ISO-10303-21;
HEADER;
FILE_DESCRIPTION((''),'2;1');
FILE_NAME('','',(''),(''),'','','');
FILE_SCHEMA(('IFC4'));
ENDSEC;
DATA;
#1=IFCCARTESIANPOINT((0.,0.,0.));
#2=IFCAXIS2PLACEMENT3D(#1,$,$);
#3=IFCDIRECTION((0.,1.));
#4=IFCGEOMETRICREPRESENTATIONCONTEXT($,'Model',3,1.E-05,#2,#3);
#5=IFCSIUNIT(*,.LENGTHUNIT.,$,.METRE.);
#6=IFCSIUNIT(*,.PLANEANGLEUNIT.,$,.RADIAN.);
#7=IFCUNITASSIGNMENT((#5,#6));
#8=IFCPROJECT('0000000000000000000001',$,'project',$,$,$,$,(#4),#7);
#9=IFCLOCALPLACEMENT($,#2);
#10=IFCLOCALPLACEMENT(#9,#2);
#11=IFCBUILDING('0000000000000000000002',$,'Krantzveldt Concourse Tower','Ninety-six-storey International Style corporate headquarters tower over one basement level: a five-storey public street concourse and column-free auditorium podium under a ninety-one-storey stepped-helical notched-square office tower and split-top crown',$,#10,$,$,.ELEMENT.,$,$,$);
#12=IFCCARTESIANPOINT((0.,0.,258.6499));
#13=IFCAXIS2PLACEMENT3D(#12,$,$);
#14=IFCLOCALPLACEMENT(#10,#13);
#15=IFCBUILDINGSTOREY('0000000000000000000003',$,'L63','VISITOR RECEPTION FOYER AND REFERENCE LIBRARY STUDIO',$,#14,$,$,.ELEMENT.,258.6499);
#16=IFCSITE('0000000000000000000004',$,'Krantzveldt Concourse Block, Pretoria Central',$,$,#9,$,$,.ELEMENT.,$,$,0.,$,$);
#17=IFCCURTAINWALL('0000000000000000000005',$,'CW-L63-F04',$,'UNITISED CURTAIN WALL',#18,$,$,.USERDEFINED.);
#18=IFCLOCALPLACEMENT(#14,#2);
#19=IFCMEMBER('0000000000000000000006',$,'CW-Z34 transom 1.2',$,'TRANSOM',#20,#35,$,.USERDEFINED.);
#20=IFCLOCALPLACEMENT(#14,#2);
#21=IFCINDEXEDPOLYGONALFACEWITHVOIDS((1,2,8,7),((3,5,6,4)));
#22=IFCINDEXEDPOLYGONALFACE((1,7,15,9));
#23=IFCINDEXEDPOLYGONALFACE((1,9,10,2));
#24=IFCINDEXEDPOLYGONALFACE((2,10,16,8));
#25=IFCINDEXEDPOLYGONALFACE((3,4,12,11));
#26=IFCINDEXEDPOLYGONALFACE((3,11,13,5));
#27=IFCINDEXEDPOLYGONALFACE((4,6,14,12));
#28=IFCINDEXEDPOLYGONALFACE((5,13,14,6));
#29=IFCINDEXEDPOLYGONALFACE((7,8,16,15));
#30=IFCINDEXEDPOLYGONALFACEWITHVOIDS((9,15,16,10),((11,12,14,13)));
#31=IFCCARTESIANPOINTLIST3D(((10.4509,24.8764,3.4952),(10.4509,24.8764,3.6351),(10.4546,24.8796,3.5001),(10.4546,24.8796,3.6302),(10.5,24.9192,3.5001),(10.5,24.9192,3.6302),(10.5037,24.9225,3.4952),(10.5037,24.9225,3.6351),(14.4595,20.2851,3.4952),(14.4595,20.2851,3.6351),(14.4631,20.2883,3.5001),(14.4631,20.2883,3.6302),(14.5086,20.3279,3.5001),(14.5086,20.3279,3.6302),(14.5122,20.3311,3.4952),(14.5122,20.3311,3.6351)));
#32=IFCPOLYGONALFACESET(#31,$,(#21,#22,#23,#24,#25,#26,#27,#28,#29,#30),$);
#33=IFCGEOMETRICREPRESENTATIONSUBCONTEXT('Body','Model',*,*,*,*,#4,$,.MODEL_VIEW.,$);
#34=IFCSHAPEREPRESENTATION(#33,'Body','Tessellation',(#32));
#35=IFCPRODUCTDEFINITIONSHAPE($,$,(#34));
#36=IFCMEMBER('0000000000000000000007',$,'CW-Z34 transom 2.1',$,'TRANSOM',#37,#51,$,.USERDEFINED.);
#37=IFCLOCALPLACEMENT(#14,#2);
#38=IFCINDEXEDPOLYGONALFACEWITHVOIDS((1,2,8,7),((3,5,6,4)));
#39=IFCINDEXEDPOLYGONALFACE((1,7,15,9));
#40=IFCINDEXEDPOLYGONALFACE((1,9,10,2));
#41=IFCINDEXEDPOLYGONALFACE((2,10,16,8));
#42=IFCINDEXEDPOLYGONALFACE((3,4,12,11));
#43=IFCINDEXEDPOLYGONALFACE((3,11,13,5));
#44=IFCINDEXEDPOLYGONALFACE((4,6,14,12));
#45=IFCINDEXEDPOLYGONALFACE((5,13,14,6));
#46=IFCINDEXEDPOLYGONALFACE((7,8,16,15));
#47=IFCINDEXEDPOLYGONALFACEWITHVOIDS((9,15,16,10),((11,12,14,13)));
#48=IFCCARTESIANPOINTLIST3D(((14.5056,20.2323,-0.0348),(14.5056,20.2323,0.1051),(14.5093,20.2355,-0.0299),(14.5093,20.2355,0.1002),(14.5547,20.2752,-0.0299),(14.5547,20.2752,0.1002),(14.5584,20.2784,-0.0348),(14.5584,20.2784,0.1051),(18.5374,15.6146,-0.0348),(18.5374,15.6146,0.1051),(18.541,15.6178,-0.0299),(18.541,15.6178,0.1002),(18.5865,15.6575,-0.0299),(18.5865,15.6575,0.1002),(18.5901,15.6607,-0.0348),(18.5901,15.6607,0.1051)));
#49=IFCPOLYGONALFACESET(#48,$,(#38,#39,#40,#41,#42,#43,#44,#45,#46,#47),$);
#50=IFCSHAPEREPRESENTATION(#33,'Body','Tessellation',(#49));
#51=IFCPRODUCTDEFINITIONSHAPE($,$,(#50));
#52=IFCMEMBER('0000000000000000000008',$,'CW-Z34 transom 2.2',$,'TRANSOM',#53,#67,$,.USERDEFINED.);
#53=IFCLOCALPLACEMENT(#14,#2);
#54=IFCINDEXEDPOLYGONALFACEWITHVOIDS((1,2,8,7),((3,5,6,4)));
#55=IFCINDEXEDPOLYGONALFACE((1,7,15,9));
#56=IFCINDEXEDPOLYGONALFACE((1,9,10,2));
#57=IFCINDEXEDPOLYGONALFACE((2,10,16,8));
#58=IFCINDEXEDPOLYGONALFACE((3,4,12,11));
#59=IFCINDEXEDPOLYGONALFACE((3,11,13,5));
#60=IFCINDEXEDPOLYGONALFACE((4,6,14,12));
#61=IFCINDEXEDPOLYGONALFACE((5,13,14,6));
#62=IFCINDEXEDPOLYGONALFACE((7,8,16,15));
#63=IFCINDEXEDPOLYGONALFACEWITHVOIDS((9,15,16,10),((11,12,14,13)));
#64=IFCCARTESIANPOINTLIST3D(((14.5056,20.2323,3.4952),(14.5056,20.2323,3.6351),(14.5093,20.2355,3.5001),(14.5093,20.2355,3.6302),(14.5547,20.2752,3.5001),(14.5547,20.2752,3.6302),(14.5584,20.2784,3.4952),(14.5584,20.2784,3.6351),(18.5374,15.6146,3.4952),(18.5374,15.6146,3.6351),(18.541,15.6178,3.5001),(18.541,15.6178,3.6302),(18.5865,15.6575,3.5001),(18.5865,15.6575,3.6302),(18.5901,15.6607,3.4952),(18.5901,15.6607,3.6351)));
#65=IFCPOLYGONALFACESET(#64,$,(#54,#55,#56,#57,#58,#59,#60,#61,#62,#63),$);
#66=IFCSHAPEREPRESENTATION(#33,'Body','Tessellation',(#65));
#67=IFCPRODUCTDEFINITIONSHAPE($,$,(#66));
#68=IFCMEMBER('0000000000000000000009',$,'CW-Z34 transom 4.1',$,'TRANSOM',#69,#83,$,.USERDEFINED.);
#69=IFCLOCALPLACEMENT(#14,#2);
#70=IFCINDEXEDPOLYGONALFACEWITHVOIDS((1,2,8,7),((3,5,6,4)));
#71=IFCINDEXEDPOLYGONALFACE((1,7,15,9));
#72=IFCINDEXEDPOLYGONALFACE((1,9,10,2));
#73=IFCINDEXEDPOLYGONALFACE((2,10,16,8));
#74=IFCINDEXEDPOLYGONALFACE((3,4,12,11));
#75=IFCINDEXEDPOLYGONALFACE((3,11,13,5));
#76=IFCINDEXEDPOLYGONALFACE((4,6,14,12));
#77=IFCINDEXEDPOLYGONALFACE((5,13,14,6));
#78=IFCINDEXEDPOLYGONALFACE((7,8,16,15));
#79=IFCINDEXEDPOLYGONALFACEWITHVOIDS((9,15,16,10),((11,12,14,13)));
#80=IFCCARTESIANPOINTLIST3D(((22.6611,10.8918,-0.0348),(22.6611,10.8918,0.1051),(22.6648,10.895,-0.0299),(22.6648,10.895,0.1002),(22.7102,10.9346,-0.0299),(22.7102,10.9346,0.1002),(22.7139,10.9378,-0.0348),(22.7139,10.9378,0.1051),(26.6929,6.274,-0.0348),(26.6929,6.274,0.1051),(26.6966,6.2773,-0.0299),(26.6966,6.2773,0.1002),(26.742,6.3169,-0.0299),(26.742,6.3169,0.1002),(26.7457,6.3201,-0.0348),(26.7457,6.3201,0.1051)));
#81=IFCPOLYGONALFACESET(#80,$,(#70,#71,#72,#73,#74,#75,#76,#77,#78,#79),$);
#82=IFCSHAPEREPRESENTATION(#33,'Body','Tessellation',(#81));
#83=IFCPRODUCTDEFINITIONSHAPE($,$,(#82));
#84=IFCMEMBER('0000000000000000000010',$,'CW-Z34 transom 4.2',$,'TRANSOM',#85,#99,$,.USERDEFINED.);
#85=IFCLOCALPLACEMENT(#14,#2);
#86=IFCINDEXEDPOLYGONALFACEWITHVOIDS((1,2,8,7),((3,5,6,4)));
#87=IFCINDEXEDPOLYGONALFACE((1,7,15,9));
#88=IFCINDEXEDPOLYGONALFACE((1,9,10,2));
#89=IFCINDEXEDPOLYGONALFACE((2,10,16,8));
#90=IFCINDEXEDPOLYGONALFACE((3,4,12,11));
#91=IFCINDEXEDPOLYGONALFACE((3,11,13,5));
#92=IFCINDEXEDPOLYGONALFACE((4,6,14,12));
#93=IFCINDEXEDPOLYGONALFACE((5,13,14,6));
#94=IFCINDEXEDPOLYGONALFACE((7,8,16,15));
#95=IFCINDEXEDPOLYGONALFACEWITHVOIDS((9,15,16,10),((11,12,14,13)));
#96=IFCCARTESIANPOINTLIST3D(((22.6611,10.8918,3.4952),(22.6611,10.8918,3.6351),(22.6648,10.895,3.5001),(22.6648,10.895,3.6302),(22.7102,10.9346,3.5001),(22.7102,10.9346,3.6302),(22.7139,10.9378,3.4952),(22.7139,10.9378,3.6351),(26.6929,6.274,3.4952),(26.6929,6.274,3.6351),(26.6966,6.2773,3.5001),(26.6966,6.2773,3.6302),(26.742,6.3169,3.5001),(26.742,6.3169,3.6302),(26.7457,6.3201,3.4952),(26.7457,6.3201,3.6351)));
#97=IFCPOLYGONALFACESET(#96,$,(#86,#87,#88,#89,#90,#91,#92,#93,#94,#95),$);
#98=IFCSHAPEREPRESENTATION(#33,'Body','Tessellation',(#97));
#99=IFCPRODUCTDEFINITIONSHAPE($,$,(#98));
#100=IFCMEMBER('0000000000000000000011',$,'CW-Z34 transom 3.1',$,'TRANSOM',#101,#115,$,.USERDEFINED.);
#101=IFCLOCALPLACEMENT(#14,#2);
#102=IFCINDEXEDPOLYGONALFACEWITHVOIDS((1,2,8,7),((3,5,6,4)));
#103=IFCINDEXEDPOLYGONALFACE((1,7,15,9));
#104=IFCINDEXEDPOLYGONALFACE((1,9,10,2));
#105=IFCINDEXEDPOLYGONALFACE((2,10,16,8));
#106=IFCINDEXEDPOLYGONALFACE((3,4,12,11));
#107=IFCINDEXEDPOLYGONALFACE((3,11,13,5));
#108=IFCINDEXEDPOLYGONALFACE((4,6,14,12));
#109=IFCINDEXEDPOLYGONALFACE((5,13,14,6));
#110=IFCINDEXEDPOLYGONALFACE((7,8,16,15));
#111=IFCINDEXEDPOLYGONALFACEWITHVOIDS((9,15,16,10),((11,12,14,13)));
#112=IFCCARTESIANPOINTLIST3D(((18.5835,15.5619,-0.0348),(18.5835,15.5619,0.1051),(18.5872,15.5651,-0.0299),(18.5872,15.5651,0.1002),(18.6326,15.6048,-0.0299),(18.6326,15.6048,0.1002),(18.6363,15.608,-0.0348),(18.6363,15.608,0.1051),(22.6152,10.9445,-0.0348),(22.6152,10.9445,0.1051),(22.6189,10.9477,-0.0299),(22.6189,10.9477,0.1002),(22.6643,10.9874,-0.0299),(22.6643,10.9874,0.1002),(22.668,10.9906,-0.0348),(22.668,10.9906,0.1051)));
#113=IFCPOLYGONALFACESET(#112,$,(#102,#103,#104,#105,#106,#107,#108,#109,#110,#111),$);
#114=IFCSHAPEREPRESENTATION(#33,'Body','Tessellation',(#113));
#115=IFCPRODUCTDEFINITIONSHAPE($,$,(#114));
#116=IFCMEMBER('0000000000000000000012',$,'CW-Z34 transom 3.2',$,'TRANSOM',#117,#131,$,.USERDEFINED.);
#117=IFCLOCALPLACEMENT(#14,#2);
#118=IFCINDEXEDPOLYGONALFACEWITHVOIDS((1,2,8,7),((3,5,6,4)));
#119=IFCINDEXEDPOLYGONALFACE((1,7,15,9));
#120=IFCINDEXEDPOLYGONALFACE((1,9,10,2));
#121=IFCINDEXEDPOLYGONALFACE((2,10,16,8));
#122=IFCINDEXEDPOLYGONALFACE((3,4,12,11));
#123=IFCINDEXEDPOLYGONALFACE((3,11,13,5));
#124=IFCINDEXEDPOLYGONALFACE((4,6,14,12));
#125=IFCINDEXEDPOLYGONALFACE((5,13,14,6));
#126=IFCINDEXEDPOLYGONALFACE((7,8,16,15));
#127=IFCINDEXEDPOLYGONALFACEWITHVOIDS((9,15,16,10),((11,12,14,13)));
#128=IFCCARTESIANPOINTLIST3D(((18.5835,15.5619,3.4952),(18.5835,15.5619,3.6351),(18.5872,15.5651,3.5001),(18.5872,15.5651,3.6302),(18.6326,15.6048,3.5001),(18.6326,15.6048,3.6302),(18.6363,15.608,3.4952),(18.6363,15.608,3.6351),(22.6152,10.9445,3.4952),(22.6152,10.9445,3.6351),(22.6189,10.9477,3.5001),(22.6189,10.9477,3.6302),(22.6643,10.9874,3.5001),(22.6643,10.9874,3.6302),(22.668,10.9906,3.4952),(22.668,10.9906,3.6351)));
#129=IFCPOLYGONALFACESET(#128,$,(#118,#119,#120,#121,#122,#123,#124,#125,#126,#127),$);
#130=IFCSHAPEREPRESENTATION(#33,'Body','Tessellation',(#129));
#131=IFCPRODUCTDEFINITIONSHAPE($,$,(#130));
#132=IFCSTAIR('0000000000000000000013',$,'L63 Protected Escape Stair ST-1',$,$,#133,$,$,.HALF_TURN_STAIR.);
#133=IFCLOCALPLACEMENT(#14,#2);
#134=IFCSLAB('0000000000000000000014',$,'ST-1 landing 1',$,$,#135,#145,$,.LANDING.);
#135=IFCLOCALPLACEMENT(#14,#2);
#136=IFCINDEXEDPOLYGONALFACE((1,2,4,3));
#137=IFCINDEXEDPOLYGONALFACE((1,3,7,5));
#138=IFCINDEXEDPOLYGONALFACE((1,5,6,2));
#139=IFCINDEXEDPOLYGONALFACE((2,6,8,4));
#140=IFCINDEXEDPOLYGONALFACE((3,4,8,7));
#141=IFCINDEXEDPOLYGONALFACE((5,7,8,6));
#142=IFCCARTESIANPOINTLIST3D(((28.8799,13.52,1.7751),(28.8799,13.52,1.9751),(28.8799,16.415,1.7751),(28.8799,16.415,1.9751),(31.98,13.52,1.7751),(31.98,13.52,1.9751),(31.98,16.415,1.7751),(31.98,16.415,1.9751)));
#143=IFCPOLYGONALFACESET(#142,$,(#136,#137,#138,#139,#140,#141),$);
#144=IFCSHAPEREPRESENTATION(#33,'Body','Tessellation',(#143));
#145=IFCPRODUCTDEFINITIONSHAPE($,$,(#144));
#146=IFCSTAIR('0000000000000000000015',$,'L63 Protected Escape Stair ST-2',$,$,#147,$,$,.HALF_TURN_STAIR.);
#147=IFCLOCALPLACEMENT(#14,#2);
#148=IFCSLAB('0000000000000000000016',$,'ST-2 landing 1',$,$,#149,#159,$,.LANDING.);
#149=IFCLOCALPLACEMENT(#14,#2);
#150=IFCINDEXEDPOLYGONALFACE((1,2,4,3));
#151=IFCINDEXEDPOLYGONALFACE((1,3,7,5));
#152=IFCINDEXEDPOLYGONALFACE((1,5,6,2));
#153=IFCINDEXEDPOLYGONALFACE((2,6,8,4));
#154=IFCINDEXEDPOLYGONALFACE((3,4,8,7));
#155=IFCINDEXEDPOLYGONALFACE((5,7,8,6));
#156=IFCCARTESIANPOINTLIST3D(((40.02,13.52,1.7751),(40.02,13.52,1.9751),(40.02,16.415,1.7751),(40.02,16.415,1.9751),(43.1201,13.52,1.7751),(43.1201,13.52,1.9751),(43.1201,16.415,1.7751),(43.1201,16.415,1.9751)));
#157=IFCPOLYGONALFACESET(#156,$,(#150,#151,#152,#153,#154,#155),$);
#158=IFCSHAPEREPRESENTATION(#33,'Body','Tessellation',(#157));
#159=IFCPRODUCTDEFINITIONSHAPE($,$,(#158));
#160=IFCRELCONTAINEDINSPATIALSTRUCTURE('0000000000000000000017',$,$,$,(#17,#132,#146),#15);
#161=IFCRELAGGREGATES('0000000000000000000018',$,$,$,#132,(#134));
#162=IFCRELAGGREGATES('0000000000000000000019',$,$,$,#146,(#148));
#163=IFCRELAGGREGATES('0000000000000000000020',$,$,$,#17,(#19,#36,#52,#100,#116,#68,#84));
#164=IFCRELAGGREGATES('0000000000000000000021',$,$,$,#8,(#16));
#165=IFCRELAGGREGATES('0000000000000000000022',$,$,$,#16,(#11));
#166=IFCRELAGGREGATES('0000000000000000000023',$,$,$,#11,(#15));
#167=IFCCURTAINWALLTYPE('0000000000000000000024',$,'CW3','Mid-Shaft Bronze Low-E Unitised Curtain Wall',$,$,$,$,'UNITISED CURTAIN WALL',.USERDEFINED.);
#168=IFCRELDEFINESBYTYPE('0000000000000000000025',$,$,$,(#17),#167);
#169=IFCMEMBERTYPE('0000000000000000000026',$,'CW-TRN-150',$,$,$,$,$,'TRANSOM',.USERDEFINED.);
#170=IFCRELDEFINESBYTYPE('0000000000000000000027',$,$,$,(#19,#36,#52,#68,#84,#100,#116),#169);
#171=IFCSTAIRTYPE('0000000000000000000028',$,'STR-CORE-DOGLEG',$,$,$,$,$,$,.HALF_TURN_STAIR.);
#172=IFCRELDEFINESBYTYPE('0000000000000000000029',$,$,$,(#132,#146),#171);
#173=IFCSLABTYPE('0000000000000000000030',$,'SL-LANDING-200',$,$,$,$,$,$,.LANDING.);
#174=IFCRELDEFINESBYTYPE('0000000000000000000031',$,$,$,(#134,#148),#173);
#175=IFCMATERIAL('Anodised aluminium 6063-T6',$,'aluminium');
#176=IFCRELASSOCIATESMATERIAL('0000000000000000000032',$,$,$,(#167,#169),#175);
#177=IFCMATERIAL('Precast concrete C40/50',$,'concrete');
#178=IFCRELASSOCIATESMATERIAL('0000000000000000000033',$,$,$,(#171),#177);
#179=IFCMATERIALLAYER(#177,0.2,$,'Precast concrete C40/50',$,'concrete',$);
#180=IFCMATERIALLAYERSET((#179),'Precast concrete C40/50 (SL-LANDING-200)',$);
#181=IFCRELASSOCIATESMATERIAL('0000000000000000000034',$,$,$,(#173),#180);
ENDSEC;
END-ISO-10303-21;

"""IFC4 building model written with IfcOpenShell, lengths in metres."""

from ifc_helpers import new_model, si_unit, direction, frame, origin, origin_2d, place, context, subcontext, project, spatial, polyline, hollow_rectangle, outline, extrude, source, transform, mapped, material, layer, layer_set, material_profile, profile_set, type_object, type_shapes, element, aggregate, save


model = new_model("IFC4")

# Units and contexts
model_context = context("Model", 3, precision=1e-05, world=origin(), true_north=direction((0.0, 1.0)))
body_context = subcontext(model_context, "Body", "Model", "MODEL_VIEW")
ifc_project = project(units=[si_unit("LENGTHUNIT", "METRE"), si_unit("PLANEANGLEUNIT", "RADIAN")], contexts=[model_context])

# Site, building, storey
site_placement = place(None, origin())
site = spatial("IfcSite", under=ifc_project, at=site_placement, Name="Krantzveldt Concourse Block, Pretoria Central", CompositionType="ELEMENT", RefElevation=0.0)
building_placement = place(site_placement, origin())
building = spatial("IfcBuilding", under=site, at=building_placement, Name="Krantzveldt Concourse Tower", Description="Ninety-six-storey International Style corporate headquarters tower over one basement level: a five-storey public street concourse and column-free auditorium podium under a ninety-one-storey stepped-helical notched-square office tower and split-top crown", CompositionType="ELEMENT")
storey_placement = place(building_placement, frame((0.0, 0.0, 258.6499)))
storey = spatial("IfcBuildingStorey", under=building, at=storey_placement, Name="L63", Description="VISITOR RECEPTION FOYER AND REFERENCE LIBRARY STUDIO", CompositionType="ELEMENT", Elevation=258.6499)

# Curtain wall, members
ifc_material_1 = material(Name="Anodised aluminium 6063-T6", Category="aluminium")
curtain_wall_type = type_object("IfcCurtainWallType", Name="CW3", Description="Mid-Shaft Bronze Low-E Unitised Curtain Wall", ElementType="UNITISED CURTAIN WALL", PredefinedType="USERDEFINED", material=ifc_material_1)
curtain_wall_placement = place(storey_placement, origin())
curtain_wall = element("IfcCurtainWall", 1, at=curtain_wall_placement, inside=storey, type_object=curtain_wall_type, Name="CW-L63-F04", ObjectType="UNITISED CURTAIN WALL", PredefinedType="USERDEFINED")
ifc_material_profile_1 = material_profile(ifc_material_1, hollow_rectangle(XDim=0.0701, YDim=0.1399, WallThickness=0.0049, at=origin_2d()), Name="Anodised aluminium 6063-T6", Category="aluminium")
ifc_profile_set_1 = profile_set([ifc_material_profile_1], Name="Anodised aluminium 6063-T6 - ALU-TRAN 140x70x5")
member_type_1 = type_object("IfcMemberType", Name="CW-TRN-150", ElementType="TRANSOM", PredefinedType="USERDEFINED", material=ifc_profile_set_1)
shared_shape_1 = source(origin(), body_context, "Body", "SweptSolid", [
    extrude(hollow_rectangle(XDim=0.0701, YDim=0.1399, WallThickness=0.0049, at=origin_2d()), origin(), (0.0, 0.0, 1.0), 6.095),
])
member_1_placement = place(storey_placement, frame((10.4773, 24.8994, 3.5652), z_axis=(0.657682, -0.753296, 0.0), x_axis=(0.753296, 0.657682, 0.0)))
member_1 = element("IfcMember", 2, at=member_1_placement, type_object=member_type_1, Name="CW-Z34 transom 1.2", ObjectType="TRANSOM", PredefinedType="USERDEFINED", context=body_context, shape_type="MappedRepresentation", body=[
    mapped(shared_shape_1, transform((0.0, 0.0, 0.0), x_axis=(1.0, 0.0, 0.0), y_axis=(0.0, 1.0, 0.0), z_axis=(0.0, 0.0, 1.0), scale=1.0)),
])
shared_shape_2 = source(origin(), body_context, "Body", "SweptSolid", [
    extrude(hollow_rectangle(XDim=0.0701, YDim=0.1399, WallThickness=0.0049, at=origin_2d()), origin(), (0.0, 0.0, 1.0), 6.1301),
])
member_2_placement = place(storey_placement, frame((14.532, 20.2554, 0.0352), z_axis=(0.657698, -0.753282, 0.0), x_axis=(0.753282, 0.657698, 0.0)))
member_2 = element("IfcMember", 3, at=member_2_placement, type_object=member_type_1, Name="CW-Z34 transom 2.1", ObjectType="TRANSOM", PredefinedType="USERDEFINED", context=body_context, shape_type="MappedRepresentation", body=[
    mapped(shared_shape_2, transform((0.0, 0.0, 0.0), x_axis=(1.0, 0.0, 0.0), y_axis=(0.0, 1.0, 0.0), z_axis=(0.0, 0.0, 1.0), scale=1.0)),
])
member_3_placement = place(storey_placement, frame((14.532, 20.2554, 3.5652), z_axis=(0.657698, -0.753282, 0.0), x_axis=(0.753282, 0.657698, 0.0)))
member_3 = element("IfcMember", 4, at=member_3_placement, type_object=member_type_1, Name="CW-Z34 transom 2.2", ObjectType="TRANSOM", PredefinedType="USERDEFINED", context=body_context, shape_type="MappedRepresentation", body=[
    mapped(shared_shape_2, transform((0.0, 0.0, 0.0), x_axis=(1.0, 0.0, 0.0), y_axis=(0.0, 1.0, 0.0), z_axis=(0.0, 0.0, 1.0), scale=1.0)),
])
member_4_placement = place(storey_placement, frame((22.6875, 10.9148, 0.0352), z_axis=(0.657698, -0.753282, 0.0), x_axis=(0.753282, 0.657698, 0.0)))
member_4 = element("IfcMember", 5, at=member_4_placement, type_object=member_type_1, Name="CW-Z34 transom 4.1", ObjectType="TRANSOM", PredefinedType="USERDEFINED", context=body_context, shape_type="MappedRepresentation", body=[
    mapped(shared_shape_2, transform((0.0, 0.0, 0.0), x_axis=(1.0, 0.0, 0.0), y_axis=(0.0, 1.0, 0.0), z_axis=(0.0, 0.0, 1.0), scale=1.0)),
])
member_5_placement = place(storey_placement, frame((22.6875, 10.9148, 3.5652), z_axis=(0.657698, -0.753282, 0.0), x_axis=(0.753282, 0.657698, 0.0)))
member_5 = element("IfcMember", 6, at=member_5_placement, type_object=member_type_1, Name="CW-Z34 transom 4.2", ObjectType="TRANSOM", PredefinedType="USERDEFINED", context=body_context, shape_type="MappedRepresentation", body=[
    mapped(shared_shape_2, transform((0.0, 0.0, 0.0), x_axis=(1.0, 0.0, 0.0), y_axis=(0.0, 1.0, 0.0), z_axis=(0.0, 0.0, 1.0), scale=1.0)),
])
shared_shape_3 = source(origin(), body_context, "Body", "SweptSolid", [
    extrude(hollow_rectangle(XDim=0.0701, YDim=0.1399, WallThickness=0.0049, at=origin_2d()), origin(), (0.0, 0.0, 1.0), 6.1299),
])
type_shapes(member_type_1, [shared_shape_1, shared_shape_2, shared_shape_3])
member_6_placement = place(storey_placement, frame((18.6099, 15.585, 0.0352), z_axis=(0.657718, -0.753265, 0.0), x_axis=(0.753265, 0.657718, 0.0)))
member_6 = element("IfcMember", 7, at=member_6_placement, type_object=member_type_1, Name="CW-Z34 transom 3.1", ObjectType="TRANSOM", PredefinedType="USERDEFINED", context=body_context, shape_type="MappedRepresentation", body=[
    mapped(shared_shape_3, transform((0.0, 0.0, 0.0), x_axis=(1.0, 0.0, 0.0), y_axis=(0.0, 1.0, 0.0), z_axis=(0.0, 0.0, 1.0), scale=1.0)),
])
member_7_placement = place(storey_placement, frame((18.6099, 15.585, 3.5652), z_axis=(0.657718, -0.753265, 0.0), x_axis=(0.753265, 0.657718, 0.0)))
member_7 = element("IfcMember", 8, at=member_7_placement, type_object=member_type_1, Name="CW-Z34 transom 3.2", ObjectType="TRANSOM", PredefinedType="USERDEFINED", context=body_context, shape_type="MappedRepresentation", body=[
    mapped(shared_shape_3, transform((0.0, 0.0, 0.0), x_axis=(1.0, 0.0, 0.0), y_axis=(0.0, 1.0, 0.0), z_axis=(0.0, 0.0, 1.0), scale=1.0)),
])

# Stairs, slabs
ifc_material_2 = material(Name="Precast concrete C40/50", Category="concrete")
stair_type = type_object("IfcStairType", Name="STR-CORE-DOGLEG", PredefinedType="HALF_TURN_STAIR", material=ifc_material_2)
stair_1_placement = place(storey_placement, origin())
stair_1 = element("IfcStair", 9, at=stair_1_placement, inside=storey, type_object=stair_type, Name="L63 Protected Escape Stair ST-1", PredefinedType="HALF_TURN_STAIR")
ifc_layer_1 = layer(ifc_material_2, 0.2, Name="Precast concrete C40/50", Category="concrete")
ifc_layer_set_1 = layer_set([ifc_layer_1], Name="Precast concrete C40/50 (SL-LANDING-200)")
slab_type_1 = type_object("IfcSlabType", Name="SL-LANDING-200", PredefinedType="LANDING", material=ifc_layer_set_1)
slab_1_placement = place(storey_placement, frame((0.0, 0.0, 1.7751)))
slab_1 = element("IfcSlab", 10, at=slab_1_placement, type_object=slab_type_1, Name="ST-1 landing 1", PredefinedType="LANDING", context=body_context, shape_type="SweptSolid", body=[
    extrude(outline(polyline([(28.8799, 16.415), (28.8799, 13.52), (31.98, 13.52), (31.98, 16.415), (28.8799, 16.415)])), origin(), (0.0, 0.0, 1.0), 0.2),
])
aggregate(stair_1, [slab_1])
stair_2_placement = place(storey_placement, origin())
stair_2 = element("IfcStair", 11, at=stair_2_placement, inside=storey, type_object=stair_type, Name="L63 Protected Escape Stair ST-2", PredefinedType="HALF_TURN_STAIR")
slab_2_placement = place(storey_placement, frame((0.0, 0.0, 1.7751)))
slab_2 = element("IfcSlab", 12, at=slab_2_placement, type_object=slab_type_1, Name="ST-2 landing 1", PredefinedType="LANDING", context=body_context, shape_type="SweptSolid", body=[
    extrude(outline(polyline([(40.02, 16.415), (40.02, 13.52), (43.1201, 13.52), (43.1201, 16.415), (40.02, 16.415)])), origin(), (0.0, 0.0, 1.0), 0.2),
])
aggregate(stair_2, [slab_2])

aggregate(curtain_wall, [member_1, member_2, member_3, member_6, member_7, member_4, member_5])

save(model, "model.ifc")
